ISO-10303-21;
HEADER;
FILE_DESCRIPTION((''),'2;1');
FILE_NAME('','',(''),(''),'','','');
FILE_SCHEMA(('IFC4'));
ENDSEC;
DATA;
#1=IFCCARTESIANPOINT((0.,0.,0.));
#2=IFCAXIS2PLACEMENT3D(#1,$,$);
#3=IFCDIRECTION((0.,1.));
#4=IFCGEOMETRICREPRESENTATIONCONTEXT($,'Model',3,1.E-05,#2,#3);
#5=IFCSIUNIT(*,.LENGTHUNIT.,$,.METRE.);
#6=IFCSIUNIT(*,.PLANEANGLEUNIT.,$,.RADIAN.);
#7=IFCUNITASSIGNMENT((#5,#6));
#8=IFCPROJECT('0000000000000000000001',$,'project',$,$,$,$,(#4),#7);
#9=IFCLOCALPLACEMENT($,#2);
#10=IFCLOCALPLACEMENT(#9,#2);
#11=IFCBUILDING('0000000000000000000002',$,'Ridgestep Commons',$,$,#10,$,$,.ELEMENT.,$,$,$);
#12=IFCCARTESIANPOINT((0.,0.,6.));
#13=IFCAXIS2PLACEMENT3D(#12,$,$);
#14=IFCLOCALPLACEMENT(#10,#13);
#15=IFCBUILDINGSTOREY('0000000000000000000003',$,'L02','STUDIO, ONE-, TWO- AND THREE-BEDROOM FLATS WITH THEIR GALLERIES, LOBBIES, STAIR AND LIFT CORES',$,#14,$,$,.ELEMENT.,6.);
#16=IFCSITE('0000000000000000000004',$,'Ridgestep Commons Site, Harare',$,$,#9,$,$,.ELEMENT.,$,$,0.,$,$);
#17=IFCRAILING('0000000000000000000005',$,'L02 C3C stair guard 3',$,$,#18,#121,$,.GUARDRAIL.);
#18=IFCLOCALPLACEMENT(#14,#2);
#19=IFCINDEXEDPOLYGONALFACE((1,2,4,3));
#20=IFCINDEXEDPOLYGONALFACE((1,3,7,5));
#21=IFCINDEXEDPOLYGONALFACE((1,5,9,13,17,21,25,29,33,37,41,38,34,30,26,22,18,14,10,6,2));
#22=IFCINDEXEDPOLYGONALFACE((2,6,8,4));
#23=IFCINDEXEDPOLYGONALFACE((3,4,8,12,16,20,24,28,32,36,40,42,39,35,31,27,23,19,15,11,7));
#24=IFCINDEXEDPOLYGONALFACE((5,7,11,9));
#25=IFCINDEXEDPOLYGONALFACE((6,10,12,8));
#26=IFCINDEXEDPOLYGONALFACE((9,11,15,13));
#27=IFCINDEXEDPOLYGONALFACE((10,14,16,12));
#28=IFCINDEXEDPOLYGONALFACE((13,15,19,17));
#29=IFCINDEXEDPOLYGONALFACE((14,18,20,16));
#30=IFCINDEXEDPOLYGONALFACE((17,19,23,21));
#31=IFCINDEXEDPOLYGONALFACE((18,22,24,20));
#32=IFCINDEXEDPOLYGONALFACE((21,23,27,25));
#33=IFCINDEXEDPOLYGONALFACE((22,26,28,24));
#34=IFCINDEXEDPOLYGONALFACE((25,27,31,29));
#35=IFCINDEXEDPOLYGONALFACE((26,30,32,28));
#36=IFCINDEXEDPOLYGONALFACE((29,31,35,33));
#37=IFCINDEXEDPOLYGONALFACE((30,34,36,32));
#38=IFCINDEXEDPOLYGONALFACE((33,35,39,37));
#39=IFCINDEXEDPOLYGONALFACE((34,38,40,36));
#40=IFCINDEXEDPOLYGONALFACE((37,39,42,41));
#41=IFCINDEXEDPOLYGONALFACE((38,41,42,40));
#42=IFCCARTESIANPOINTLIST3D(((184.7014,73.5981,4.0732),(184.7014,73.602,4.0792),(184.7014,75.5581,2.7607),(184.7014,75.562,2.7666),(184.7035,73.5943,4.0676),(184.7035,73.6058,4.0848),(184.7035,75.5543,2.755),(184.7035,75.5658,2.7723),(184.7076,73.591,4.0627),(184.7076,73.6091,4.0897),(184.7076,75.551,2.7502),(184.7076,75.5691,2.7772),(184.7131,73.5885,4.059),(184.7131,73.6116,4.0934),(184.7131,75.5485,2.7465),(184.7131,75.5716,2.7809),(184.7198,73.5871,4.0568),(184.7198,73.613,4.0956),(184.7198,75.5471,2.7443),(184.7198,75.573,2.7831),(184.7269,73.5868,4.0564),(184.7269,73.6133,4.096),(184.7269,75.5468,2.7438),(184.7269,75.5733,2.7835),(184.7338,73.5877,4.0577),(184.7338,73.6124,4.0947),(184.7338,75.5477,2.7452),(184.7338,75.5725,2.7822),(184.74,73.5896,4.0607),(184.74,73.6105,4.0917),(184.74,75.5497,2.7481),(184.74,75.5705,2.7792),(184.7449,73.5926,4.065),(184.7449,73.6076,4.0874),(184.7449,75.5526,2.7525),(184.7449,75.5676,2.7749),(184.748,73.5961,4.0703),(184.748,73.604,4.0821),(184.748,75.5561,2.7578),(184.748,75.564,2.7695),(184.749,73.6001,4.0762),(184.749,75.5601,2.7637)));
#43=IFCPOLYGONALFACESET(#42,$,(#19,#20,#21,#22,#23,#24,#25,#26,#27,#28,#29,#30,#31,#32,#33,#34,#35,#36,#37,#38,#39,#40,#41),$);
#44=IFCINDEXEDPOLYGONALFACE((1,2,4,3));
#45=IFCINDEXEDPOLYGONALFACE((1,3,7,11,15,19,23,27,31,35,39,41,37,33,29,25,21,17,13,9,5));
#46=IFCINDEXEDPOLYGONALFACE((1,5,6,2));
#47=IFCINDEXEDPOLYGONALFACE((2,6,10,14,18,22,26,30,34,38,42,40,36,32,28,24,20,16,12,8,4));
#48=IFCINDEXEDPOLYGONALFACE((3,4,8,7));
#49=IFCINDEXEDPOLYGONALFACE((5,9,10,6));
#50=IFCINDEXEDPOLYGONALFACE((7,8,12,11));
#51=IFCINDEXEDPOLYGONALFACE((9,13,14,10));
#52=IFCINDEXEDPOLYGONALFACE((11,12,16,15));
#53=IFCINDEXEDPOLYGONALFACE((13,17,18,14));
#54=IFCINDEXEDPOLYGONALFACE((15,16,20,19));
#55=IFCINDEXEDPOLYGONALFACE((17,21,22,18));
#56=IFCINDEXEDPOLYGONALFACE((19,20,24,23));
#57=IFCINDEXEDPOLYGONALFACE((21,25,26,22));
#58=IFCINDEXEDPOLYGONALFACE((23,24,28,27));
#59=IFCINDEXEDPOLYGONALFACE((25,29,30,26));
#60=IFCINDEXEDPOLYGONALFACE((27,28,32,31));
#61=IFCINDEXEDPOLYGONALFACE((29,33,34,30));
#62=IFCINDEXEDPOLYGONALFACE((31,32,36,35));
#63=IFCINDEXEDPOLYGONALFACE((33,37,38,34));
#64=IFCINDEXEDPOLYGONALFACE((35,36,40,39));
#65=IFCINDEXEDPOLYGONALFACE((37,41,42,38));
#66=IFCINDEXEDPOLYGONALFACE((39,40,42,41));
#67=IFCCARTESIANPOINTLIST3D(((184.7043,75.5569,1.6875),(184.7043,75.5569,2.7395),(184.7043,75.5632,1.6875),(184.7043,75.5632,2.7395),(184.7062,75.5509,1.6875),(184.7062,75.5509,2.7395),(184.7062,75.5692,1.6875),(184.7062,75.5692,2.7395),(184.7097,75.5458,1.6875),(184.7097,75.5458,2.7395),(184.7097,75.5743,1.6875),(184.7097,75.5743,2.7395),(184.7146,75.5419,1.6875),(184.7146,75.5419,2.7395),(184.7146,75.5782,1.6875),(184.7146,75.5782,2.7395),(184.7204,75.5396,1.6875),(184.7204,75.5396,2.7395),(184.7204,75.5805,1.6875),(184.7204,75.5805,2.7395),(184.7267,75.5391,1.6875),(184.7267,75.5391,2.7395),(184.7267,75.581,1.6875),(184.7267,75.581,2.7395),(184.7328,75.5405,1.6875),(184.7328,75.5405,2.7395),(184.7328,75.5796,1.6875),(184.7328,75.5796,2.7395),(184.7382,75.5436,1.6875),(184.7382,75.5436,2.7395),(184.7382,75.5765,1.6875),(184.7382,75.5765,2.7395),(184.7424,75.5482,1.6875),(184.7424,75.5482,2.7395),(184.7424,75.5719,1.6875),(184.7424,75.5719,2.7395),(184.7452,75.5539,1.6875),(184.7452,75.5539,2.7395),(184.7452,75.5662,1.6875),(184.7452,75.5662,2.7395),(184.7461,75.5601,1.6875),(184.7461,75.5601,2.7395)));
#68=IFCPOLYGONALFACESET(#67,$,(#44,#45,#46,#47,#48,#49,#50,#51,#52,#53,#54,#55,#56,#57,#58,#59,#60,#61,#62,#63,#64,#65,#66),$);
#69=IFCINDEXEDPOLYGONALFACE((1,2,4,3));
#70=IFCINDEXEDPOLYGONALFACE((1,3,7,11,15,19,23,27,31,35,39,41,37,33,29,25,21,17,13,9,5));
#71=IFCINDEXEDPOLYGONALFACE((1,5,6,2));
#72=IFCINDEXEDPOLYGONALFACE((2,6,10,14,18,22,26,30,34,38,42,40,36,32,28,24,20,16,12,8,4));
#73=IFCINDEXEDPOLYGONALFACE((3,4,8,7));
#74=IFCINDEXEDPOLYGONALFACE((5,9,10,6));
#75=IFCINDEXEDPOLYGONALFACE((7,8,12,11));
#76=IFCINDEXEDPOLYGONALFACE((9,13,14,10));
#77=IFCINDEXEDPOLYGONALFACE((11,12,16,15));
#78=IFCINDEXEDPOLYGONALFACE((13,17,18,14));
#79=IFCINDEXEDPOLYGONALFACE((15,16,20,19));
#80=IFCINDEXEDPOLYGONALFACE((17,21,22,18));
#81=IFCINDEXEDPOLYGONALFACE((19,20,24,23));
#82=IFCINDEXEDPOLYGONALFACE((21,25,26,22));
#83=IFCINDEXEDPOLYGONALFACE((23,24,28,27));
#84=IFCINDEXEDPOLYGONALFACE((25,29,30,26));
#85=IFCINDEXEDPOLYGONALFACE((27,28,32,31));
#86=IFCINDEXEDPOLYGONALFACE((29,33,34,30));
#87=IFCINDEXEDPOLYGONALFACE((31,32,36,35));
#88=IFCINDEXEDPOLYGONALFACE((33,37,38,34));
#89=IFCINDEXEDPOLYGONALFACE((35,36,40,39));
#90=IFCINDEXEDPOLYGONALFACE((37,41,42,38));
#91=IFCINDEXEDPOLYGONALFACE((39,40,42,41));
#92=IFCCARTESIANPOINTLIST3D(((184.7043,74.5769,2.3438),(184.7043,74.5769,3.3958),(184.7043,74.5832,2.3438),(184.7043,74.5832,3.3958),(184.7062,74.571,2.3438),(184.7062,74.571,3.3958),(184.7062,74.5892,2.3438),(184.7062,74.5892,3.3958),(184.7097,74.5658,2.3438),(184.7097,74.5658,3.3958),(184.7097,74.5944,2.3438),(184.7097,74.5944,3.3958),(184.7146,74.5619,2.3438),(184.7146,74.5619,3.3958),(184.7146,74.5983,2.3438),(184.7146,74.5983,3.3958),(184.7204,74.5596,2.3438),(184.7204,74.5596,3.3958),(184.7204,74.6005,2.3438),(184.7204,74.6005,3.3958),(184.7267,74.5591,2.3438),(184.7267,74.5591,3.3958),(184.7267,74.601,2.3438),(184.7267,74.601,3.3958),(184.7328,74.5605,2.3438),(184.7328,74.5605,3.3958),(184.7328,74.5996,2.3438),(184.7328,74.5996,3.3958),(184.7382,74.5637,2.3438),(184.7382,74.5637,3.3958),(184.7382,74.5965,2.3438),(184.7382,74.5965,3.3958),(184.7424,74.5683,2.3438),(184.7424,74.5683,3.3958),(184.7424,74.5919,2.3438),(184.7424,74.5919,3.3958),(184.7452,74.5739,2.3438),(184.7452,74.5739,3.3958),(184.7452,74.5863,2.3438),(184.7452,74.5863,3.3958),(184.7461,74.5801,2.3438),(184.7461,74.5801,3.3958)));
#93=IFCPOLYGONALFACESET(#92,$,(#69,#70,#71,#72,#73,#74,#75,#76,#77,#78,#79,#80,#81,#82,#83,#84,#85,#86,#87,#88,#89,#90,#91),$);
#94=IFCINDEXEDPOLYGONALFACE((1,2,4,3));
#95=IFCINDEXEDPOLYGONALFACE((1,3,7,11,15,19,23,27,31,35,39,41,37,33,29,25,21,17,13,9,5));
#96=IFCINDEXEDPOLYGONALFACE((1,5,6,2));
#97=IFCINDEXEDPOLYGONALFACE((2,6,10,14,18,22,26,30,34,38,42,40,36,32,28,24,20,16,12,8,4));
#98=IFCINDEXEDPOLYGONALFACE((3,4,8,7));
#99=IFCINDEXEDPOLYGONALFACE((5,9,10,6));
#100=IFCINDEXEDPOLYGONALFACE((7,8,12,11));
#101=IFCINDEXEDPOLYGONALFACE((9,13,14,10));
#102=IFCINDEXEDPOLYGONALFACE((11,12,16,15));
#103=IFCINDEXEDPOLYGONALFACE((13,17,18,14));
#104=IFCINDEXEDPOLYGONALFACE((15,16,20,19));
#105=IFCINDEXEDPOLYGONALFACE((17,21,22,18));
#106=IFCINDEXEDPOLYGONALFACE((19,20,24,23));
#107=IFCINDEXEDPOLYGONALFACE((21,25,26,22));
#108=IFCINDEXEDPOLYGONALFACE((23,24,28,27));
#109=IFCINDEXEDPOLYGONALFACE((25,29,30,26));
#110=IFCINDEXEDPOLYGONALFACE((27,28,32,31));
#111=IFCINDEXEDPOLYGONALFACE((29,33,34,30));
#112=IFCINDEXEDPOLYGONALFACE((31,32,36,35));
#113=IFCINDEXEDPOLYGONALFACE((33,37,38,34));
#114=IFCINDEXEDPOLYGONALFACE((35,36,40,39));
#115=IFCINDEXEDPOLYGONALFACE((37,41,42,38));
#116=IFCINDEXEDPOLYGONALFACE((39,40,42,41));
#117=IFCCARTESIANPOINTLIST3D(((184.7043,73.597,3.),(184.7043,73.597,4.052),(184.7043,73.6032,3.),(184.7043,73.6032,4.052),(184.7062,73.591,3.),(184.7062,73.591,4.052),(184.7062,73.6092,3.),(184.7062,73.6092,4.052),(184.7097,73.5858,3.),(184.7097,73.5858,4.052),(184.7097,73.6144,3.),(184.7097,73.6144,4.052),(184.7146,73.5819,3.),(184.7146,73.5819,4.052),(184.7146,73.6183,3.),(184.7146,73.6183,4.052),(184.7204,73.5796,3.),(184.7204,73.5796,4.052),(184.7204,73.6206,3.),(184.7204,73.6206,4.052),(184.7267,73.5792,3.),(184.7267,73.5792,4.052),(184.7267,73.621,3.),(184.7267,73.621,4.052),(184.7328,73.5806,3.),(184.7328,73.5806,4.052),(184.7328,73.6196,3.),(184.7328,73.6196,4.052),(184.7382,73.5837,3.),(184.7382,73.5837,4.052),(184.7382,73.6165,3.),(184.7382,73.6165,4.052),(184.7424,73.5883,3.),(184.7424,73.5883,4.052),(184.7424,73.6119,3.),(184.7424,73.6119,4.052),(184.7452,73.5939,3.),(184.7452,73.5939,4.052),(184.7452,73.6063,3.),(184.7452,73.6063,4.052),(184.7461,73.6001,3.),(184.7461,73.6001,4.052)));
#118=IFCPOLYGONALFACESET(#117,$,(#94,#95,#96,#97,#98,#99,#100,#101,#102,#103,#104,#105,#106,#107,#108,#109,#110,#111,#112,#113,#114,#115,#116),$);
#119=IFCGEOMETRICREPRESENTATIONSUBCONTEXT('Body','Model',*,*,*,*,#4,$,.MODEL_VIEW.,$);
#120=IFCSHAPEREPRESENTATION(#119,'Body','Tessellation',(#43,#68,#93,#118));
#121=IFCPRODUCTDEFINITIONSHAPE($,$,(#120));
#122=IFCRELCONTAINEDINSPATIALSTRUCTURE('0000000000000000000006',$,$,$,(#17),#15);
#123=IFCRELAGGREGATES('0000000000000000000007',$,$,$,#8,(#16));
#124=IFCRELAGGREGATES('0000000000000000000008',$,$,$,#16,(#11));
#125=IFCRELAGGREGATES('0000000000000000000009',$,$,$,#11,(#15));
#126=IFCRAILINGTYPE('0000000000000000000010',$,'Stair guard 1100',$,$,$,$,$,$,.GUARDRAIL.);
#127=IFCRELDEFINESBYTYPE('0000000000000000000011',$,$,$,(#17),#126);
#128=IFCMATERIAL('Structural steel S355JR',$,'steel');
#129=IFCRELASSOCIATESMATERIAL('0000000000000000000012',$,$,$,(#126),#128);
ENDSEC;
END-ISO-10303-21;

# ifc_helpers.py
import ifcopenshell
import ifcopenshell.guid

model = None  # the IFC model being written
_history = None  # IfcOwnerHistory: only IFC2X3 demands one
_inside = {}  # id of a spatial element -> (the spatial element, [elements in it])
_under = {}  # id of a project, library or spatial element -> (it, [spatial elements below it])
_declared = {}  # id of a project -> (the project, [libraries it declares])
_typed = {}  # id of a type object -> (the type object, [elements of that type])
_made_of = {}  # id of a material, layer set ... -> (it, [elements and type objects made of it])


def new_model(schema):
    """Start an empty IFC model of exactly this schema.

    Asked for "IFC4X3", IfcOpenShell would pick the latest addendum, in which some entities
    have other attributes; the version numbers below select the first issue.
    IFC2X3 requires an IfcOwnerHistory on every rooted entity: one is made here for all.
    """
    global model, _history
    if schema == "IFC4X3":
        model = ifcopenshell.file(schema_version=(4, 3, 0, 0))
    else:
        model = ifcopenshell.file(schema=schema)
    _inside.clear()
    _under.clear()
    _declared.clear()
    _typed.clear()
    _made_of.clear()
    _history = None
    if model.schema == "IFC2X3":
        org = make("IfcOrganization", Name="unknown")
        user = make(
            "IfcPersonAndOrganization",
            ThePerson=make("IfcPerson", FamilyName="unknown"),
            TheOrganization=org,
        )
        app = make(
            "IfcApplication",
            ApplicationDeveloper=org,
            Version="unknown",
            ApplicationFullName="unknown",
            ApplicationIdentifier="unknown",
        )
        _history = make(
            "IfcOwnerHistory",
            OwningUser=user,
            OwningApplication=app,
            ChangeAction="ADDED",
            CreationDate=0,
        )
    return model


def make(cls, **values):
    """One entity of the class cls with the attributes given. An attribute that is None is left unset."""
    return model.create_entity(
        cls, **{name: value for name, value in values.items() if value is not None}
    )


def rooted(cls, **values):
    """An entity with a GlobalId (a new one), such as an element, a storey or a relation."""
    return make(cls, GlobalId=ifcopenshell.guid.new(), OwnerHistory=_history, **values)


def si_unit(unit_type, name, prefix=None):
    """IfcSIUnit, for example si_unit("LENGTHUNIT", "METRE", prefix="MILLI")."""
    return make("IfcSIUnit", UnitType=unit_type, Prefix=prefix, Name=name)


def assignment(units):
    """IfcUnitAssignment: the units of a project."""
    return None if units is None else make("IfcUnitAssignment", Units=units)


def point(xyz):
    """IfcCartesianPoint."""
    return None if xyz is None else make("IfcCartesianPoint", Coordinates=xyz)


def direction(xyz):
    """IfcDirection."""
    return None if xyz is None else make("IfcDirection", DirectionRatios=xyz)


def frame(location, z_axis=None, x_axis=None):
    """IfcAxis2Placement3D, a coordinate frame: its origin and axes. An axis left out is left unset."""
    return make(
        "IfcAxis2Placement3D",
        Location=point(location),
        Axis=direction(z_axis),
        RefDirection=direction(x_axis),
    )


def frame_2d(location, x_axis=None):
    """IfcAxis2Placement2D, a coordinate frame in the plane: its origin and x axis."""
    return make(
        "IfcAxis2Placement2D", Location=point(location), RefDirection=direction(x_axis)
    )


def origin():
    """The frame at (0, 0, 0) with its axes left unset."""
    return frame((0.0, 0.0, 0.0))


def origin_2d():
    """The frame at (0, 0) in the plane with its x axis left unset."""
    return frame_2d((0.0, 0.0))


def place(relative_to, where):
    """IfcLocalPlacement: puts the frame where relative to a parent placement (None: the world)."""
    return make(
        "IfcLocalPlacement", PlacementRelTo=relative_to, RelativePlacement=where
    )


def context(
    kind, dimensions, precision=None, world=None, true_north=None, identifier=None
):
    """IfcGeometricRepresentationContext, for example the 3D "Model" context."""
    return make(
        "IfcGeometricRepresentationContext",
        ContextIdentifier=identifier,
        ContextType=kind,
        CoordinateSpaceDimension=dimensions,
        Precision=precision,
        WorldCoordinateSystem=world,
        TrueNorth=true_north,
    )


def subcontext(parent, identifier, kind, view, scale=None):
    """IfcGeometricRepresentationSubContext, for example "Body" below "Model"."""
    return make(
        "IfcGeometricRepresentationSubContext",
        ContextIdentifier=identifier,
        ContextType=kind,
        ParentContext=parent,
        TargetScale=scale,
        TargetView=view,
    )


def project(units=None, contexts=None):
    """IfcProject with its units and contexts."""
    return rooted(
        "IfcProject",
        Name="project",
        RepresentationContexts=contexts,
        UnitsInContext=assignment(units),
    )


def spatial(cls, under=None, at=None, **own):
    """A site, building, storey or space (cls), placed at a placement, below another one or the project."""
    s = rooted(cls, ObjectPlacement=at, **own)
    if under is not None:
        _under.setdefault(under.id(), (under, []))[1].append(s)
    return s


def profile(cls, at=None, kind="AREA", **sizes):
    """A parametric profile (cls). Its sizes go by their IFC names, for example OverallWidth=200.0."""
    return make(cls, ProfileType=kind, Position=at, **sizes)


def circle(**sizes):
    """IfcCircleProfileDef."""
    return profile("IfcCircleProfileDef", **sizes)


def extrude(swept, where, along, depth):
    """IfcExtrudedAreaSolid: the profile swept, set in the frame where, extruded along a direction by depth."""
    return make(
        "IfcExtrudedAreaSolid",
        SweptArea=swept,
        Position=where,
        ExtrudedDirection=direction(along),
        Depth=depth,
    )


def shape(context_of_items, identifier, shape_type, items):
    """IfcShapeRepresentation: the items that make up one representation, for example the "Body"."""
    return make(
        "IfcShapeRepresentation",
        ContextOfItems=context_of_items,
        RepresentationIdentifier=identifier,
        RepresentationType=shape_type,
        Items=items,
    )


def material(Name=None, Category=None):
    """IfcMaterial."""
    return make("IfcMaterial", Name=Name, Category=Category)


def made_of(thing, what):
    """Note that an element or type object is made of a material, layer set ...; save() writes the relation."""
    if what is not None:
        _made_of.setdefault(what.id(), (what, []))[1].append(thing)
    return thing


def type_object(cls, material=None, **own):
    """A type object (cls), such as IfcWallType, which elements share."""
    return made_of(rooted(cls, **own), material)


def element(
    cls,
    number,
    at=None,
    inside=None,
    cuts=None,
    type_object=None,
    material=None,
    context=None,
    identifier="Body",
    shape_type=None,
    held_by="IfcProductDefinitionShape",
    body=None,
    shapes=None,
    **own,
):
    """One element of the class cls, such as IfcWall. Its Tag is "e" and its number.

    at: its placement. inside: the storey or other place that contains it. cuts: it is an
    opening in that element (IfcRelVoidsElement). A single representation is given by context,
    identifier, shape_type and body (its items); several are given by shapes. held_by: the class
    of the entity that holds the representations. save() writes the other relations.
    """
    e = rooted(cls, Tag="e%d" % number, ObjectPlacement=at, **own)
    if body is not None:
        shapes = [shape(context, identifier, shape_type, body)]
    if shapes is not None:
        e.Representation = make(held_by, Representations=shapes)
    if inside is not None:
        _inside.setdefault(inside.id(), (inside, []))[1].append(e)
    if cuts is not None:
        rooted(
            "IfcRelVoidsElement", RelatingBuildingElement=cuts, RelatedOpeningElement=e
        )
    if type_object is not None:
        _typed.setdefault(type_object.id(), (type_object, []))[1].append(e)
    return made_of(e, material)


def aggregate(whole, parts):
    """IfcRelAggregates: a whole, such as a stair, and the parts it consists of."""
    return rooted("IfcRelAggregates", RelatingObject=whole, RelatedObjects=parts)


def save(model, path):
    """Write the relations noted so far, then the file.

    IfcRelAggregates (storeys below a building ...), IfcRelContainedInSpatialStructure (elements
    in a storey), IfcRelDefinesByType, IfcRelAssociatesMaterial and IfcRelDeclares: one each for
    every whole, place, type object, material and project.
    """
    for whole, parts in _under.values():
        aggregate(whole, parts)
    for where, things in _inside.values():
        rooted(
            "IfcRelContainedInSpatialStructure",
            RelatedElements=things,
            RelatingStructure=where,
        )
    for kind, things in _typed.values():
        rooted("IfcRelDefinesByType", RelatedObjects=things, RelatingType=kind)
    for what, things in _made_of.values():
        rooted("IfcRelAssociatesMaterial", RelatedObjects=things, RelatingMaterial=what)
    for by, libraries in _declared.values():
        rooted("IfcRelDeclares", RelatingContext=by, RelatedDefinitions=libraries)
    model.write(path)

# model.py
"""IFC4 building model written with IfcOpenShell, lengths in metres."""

from ifc_helpers import new_model, si_unit, direction, frame, origin, origin_2d, place, context, subcontext, project, spatial, circle, extrude, material, type_object, element, save


model = new_model("IFC4")

# Units and contexts
model_context = context("Model", 3, precision=1e-05, world=origin(), true_north=direction((0.0, 1.0)))
body_context = subcontext(model_context, "Body", "Model", "MODEL_VIEW")
ifc_project = project(units=[si_unit("LENGTHUNIT", "METRE"), si_unit("PLANEANGLEUNIT", "RADIAN")], contexts=[model_context])

# Site, building, storey
site_placement = place(None, origin())
site = spatial("IfcSite", under=ifc_project, at=site_placement, Name="Ridgestep Commons Site, Harare", CompositionType="ELEMENT", RefElevation=0.0)
building_placement = place(site_placement, origin())
building = spatial("IfcBuilding", under=site, at=building_placement, Name="Ridgestep Commons", CompositionType="ELEMENT")
storey_placement = place(building_placement, frame((0.0, 0.0, 6.0)))
storey = spatial("IfcBuildingStorey", under=building, at=storey_placement, Name="L02", Description="STUDIO, ONE-, TWO- AND THREE-BEDROOM FLATS WITH THEIR GALLERIES, LOBBIES, STAIR AND LIFT CORES", CompositionType="ELEMENT", Elevation=6.0)

# Railing
ifc_material_1 = material(Name="Structural steel S355JR", Category="steel")
railing_type = type_object("IfcRailingType", Name="Stair guard 1100", PredefinedType="GUARDRAIL", material=ifc_material_1)
railing_1_placement = place(storey_placement, frame((184.7251, 75.5601, 1.6875)))
element("IfcRailing", 1, at=railing_1_placement, inside=storey, type_object=railing_type, Name="L02 C3C stair guard 3", PredefinedType="GUARDRAIL", context=body_context, shape_type="SweptSolid", body=[
    extrude(circle(Radius=0.0239, at=origin_2d()), frame((0.0, 0.0, 1.0762), z_axis=(0.0, -0.830902, 0.556419), x_axis=(1.0, 0.0, 0.0)), (0.0, 0.0, 1.0), 2.3589),
    extrude(circle(Radius=0.021, at=origin_2d()), origin(), (0.0, 0.0, 1.0), 1.052),
    extrude(circle(Radius=0.021, at=origin_2d()), frame((0.0, -0.98, 0.6562)), (0.0, 0.0, 1.0), 1.052),
    extrude(circle(Radius=0.021, at=origin_2d()), frame((0.0, -1.96, 1.3125)), (0.0, 0.0, 1.0), 1.052),
])

save(model, "model.ifc")
